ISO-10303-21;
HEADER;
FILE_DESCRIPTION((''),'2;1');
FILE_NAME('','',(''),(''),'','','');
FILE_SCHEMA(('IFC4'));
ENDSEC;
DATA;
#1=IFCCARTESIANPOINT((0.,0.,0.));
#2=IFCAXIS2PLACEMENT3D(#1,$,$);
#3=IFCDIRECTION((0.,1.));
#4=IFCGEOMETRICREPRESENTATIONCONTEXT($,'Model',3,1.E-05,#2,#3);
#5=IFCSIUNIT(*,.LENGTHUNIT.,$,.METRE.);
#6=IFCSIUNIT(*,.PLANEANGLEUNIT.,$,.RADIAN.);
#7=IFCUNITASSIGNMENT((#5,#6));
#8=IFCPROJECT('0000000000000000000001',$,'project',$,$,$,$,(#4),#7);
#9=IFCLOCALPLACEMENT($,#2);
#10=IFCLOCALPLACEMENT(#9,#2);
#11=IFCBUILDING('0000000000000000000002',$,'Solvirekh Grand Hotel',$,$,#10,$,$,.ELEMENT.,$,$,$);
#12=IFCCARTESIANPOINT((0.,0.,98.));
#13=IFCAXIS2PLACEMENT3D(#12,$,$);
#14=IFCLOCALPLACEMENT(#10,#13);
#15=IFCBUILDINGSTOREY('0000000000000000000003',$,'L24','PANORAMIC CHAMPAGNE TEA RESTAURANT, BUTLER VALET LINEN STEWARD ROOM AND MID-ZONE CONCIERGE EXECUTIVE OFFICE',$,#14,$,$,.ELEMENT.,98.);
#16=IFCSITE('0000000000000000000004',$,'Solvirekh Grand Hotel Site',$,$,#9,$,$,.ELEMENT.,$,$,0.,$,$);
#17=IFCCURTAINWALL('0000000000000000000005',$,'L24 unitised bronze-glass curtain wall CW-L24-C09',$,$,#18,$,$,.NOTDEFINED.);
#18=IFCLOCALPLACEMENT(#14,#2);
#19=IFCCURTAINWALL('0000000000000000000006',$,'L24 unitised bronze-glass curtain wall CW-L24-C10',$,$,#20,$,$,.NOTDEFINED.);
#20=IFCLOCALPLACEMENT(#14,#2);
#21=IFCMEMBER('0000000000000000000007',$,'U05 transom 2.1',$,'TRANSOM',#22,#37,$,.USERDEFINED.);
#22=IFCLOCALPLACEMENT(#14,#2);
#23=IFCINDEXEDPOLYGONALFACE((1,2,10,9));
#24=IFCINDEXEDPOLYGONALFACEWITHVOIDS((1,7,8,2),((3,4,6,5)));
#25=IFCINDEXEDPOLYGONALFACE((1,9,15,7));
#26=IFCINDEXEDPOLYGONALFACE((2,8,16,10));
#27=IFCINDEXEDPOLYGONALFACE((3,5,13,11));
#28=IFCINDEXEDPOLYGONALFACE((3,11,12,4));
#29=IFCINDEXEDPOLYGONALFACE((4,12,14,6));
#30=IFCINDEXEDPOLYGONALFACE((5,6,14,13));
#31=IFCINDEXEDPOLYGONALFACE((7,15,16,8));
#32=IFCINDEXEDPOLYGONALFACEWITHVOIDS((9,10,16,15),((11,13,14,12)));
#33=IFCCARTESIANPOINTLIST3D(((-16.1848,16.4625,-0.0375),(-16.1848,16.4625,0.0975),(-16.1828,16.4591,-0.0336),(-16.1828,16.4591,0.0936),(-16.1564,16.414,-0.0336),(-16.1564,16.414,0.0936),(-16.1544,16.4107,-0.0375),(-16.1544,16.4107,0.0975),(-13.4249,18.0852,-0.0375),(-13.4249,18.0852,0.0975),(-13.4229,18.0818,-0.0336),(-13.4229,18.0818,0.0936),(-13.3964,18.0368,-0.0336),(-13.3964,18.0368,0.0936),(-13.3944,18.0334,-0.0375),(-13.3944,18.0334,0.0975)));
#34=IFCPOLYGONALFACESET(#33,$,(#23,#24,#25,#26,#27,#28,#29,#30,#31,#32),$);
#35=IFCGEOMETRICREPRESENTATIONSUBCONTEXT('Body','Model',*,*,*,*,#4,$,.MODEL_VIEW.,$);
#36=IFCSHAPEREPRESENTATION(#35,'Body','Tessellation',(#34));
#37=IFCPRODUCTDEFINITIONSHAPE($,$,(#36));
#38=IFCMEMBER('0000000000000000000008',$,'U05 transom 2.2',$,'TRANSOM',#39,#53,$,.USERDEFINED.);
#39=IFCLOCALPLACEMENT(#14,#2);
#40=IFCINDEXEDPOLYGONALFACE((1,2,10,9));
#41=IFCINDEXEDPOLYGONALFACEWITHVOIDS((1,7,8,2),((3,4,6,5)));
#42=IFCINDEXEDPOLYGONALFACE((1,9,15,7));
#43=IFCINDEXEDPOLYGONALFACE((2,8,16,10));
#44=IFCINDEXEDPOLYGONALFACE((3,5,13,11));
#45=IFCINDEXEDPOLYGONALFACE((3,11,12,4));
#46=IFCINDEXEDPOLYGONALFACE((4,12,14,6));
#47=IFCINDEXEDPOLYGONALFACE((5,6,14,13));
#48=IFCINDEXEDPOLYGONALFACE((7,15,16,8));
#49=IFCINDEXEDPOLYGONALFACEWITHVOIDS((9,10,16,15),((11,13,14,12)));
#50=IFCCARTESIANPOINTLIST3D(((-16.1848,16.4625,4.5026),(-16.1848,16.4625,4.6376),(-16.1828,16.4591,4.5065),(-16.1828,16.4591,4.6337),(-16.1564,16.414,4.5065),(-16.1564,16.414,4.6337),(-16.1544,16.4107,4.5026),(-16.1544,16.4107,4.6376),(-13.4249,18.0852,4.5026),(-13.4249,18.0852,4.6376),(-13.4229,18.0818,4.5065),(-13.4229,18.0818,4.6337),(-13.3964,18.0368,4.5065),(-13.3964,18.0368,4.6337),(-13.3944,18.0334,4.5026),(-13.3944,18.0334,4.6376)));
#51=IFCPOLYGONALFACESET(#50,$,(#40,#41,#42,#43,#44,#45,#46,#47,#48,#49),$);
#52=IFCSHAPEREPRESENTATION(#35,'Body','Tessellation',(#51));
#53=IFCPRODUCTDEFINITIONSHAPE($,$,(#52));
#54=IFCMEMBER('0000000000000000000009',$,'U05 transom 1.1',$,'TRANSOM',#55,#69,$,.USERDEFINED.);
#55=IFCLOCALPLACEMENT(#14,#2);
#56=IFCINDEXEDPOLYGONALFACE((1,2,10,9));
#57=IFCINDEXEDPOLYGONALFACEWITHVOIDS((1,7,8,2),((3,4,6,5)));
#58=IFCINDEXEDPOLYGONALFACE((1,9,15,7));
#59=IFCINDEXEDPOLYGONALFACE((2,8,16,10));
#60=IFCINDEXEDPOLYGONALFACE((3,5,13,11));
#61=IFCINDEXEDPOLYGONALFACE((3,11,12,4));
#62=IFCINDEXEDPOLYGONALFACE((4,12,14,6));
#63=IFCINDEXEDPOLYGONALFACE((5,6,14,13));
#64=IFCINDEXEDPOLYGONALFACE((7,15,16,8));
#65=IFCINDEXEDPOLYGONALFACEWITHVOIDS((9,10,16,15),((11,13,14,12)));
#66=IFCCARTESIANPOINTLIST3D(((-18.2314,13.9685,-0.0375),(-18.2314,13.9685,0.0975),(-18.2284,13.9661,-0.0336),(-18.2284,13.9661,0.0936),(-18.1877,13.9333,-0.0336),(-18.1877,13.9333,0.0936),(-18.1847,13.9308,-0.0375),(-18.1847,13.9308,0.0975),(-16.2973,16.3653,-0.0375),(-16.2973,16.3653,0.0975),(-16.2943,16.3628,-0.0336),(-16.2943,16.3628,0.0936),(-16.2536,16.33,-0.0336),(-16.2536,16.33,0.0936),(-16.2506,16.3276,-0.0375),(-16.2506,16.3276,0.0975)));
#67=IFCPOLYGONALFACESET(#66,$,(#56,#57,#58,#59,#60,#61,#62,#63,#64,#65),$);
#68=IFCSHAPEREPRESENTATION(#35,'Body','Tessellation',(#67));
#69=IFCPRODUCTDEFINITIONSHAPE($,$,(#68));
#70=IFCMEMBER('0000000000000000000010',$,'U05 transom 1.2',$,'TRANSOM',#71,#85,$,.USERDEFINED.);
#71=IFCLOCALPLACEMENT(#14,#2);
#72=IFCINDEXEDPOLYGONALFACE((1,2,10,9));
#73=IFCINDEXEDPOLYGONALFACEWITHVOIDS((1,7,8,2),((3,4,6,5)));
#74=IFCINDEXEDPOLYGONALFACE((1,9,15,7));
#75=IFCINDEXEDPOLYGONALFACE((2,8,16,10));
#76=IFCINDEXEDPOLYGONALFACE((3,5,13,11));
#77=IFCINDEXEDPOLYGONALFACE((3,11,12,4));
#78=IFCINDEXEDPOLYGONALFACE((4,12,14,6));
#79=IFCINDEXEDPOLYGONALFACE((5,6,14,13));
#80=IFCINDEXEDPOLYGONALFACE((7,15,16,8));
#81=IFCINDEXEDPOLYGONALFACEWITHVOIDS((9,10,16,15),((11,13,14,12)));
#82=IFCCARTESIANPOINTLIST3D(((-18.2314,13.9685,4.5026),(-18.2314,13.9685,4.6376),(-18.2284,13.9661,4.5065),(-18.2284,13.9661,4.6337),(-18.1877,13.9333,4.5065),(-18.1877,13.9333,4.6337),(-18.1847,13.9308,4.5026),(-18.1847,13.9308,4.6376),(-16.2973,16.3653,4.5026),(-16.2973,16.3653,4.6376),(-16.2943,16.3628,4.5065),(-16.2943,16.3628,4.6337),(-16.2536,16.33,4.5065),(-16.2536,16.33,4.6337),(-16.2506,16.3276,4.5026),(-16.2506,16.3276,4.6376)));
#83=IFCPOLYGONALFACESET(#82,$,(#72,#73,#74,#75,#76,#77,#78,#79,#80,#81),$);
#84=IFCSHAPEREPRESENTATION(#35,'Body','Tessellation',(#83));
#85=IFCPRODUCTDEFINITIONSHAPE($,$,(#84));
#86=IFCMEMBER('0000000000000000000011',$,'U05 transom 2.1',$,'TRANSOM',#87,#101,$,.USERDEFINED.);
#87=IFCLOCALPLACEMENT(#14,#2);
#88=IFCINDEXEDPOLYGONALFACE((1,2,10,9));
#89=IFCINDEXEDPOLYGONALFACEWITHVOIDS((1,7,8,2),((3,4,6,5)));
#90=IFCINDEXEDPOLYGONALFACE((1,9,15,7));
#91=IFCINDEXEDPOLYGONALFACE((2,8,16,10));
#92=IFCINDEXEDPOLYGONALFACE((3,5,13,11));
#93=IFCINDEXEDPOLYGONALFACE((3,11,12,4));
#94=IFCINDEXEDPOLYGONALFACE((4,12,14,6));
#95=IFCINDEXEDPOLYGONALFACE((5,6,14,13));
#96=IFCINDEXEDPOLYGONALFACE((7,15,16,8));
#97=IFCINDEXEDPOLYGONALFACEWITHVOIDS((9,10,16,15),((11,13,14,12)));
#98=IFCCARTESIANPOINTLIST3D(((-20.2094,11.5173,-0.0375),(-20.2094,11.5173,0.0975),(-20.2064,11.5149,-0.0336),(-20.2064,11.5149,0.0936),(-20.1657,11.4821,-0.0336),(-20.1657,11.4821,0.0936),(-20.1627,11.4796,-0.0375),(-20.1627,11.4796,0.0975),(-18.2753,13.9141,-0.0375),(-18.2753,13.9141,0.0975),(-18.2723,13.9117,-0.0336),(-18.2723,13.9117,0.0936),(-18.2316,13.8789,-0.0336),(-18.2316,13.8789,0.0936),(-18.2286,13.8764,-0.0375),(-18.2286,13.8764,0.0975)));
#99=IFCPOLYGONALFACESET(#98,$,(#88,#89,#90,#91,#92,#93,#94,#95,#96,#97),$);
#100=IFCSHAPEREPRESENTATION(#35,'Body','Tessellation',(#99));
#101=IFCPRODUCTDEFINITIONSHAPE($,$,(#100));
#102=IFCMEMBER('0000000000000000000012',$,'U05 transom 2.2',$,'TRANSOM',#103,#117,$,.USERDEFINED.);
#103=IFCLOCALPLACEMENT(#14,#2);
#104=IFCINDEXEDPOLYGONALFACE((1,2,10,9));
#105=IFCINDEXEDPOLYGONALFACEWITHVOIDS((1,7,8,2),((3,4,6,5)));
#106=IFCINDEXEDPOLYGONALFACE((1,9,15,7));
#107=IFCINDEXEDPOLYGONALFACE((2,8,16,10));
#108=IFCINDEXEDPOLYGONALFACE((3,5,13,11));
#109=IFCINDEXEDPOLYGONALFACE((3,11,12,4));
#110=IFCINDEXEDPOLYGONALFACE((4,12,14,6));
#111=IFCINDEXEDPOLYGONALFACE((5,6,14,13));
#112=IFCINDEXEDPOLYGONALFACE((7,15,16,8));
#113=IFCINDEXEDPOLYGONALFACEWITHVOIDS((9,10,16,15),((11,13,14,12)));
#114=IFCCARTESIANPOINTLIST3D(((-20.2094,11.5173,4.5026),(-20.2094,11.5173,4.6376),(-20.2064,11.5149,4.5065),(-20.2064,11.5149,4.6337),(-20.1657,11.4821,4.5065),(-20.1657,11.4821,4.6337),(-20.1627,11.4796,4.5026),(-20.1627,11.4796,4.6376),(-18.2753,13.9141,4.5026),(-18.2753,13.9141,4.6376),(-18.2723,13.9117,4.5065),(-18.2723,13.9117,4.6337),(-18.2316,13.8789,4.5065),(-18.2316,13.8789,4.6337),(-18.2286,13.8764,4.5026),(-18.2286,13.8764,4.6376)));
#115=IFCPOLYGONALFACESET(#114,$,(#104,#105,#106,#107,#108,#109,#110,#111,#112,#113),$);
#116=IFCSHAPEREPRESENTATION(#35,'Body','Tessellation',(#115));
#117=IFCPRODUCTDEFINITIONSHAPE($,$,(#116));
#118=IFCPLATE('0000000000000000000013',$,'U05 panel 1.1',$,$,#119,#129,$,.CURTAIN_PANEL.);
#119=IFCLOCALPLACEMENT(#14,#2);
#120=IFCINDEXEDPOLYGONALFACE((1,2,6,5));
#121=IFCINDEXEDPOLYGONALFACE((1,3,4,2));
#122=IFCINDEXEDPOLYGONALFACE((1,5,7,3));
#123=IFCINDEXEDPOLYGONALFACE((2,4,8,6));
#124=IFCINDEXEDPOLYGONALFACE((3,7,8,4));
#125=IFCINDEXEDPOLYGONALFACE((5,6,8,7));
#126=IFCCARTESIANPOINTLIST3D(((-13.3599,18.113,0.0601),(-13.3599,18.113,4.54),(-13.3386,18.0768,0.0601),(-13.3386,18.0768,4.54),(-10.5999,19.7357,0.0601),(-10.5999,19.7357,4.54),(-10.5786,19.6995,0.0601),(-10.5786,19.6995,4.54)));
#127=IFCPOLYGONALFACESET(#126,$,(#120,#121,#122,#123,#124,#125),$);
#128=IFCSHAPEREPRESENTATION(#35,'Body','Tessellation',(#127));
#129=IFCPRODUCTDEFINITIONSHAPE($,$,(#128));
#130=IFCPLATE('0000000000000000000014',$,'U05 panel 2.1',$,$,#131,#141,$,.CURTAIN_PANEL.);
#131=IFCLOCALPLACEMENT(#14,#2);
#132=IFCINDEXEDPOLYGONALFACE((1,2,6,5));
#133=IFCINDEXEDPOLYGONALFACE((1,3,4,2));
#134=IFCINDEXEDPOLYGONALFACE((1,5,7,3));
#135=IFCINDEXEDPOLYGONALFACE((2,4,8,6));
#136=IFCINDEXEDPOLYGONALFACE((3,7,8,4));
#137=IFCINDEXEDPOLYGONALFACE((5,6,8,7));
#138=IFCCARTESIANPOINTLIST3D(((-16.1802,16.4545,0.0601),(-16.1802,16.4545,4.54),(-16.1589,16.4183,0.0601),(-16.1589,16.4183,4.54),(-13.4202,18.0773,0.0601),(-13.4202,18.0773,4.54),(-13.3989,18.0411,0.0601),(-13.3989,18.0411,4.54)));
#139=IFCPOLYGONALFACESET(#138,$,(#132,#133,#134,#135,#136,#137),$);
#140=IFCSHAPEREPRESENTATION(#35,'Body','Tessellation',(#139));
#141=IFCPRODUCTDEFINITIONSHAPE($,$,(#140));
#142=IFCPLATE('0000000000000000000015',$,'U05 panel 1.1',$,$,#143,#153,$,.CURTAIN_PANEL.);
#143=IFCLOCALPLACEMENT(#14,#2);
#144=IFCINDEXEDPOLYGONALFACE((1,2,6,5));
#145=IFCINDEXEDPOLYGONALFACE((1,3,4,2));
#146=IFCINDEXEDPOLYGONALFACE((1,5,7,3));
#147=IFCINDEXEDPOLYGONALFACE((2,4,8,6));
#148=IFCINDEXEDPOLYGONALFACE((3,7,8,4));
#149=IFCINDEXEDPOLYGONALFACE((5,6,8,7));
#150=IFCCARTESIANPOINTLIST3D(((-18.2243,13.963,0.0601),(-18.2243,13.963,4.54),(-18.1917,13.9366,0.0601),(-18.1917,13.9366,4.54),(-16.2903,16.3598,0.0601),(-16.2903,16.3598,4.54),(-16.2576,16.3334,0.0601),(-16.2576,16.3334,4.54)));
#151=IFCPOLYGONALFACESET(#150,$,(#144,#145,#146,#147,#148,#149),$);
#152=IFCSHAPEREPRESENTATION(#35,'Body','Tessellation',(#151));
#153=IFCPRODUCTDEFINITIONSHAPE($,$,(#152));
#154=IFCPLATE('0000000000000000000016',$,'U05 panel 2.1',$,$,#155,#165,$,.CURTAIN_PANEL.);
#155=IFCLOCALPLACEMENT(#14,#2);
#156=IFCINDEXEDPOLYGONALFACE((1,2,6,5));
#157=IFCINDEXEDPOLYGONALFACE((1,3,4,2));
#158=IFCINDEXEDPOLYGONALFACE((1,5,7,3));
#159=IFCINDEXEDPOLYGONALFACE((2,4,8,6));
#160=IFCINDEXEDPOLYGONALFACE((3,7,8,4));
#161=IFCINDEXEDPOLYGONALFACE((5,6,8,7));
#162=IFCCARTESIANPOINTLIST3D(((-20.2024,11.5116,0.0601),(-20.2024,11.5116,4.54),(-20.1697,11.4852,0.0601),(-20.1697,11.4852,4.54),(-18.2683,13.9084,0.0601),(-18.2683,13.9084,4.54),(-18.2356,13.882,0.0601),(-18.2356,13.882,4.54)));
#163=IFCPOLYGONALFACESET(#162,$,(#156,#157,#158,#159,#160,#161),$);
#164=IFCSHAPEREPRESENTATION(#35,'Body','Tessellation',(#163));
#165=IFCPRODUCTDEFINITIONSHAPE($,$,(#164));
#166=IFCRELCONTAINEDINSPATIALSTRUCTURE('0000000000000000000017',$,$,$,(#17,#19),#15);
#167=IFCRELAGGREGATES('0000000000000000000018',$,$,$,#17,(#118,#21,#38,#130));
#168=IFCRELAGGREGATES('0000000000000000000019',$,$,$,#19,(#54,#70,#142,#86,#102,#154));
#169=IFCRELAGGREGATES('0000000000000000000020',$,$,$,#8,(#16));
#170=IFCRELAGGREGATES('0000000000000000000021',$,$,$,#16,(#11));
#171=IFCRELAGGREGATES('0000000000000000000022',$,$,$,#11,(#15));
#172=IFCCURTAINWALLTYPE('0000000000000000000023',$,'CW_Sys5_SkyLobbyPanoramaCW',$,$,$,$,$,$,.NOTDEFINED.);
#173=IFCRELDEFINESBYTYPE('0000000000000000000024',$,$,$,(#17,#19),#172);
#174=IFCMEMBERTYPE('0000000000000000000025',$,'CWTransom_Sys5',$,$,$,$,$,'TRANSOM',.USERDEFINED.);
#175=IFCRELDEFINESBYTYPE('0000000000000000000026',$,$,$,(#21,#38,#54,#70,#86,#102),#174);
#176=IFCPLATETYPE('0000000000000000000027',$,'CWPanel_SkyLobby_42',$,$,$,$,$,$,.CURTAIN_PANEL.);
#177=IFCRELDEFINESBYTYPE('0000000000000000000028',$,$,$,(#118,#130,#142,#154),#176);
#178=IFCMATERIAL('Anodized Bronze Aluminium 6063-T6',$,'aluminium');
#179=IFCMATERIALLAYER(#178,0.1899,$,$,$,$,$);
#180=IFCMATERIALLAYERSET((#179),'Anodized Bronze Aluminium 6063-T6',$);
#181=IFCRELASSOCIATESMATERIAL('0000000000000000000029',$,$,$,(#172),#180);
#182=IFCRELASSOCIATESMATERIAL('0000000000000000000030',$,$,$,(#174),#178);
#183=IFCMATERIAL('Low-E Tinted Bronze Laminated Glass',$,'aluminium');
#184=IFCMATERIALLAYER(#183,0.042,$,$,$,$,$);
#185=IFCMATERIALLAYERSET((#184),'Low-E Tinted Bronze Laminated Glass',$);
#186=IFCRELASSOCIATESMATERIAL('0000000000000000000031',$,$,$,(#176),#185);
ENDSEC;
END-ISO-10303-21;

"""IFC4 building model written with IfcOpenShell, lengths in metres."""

from ifc_helpers import new_model, si_unit, direction, frame, origin, origin_2d, place, context, subcontext, project, spatial, rectangle, hollow_rectangle, extrude, source, transform, mapped, material, layer, layer_set, material_profile, profile_set, type_object, element, aggregate, save


model = new_model("IFC4")

# Units and contexts
model_context = context("Model", 3, precision=1e-05, world=origin(), true_north=direction((0.0, 1.0)))
body_context = subcontext(model_context, "Body", "Model", "MODEL_VIEW")
ifc_project = project(units=[si_unit("LENGTHUNIT", "METRE"), si_unit("PLANEANGLEUNIT", "RADIAN")], contexts=[model_context])

# Site, building, storey
site_placement = place(None, origin())
site = spatial("IfcSite", under=ifc_project, at=site_placement, Name="Solvirekh Grand Hotel Site", CompositionType="ELEMENT", RefElevation=0.0)
building_placement = place(site_placement, origin())
building = spatial("IfcBuilding", under=site, at=building_placement, Name="Solvirekh Grand Hotel", CompositionType="ELEMENT")
storey_placement = place(building_placement, frame((0.0, 0.0, 98.0)))
storey = spatial("IfcBuildingStorey", under=building, at=storey_placement, Name="L24", Description="PANORAMIC CHAMPAGNE TEA RESTAURANT, BUTLER VALET LINEN STEWARD ROOM AND MID-ZONE CONCIERGE EXECUTIVE OFFICE", CompositionType="ELEMENT", Elevation=98.0)

# Shared definitions
ifc_material_1 = material(Name="Anodized Bronze Aluminium 6063-T6", Category="aluminium")
ifc_layer_1 = layer(ifc_material_1, 0.1899)
ifc_layer_set_1 = layer_set([ifc_layer_1], Name="Anodized Bronze Aluminium 6063-T6")
curtain_wall_type = type_object("IfcCurtainWallType", Name="CW_Sys5_SkyLobbyPanoramaCW", PredefinedType="NOTDEFINED", material=ifc_layer_set_1)

# Curtain walls
curtain_wall_1_placement = place(storey_placement, origin())
curtain_wall_1 = element("IfcCurtainWall", 1, at=curtain_wall_1_placement, inside=storey, type_object=curtain_wall_type, Name="L24 unitised bronze-glass curtain wall CW-L24-C09", PredefinedType="NOTDEFINED")
curtain_wall_2_placement = place(storey_placement, origin())
curtain_wall_2 = element("IfcCurtainWall", 2, at=curtain_wall_2_placement, inside=storey, type_object=curtain_wall_type, Name="L24 unitised bronze-glass curtain wall CW-L24-C10", PredefinedType="NOTDEFINED")

# Members
ifc_material_profile_1 = material_profile(ifc_material_1, hollow_rectangle(XDim=0.0601, YDim=0.135, WallThickness=0.0039, at=origin_2d()), Name="ALU RHS 135X60X4")
ifc_profile_set_1 = profile_set([ifc_material_profile_1], Name="Anodized Bronze Aluminium 6063-T6")
member_type_1 = type_object("IfcMemberType", Name="CWTransom_Sys5", ElementType="TRANSOM", PredefinedType="USERDEFINED", material=ifc_profile_set_1)
shared_shape_1 = source(origin(), body_context, "Body", "SweptSolid", [
    extrude(hollow_rectangle(XDim=0.0601, YDim=0.135, WallThickness=0.0039, at=origin_2d()), origin(), (0.0, 0.0, 1.0), 3.2017),
])
member_1_placement = place(storey_placement, frame((-13.4097, 18.0593, 0.03), z_axis=(-0.862034, -0.50685, 0.0), x_axis=(0.50685, -0.862034, 0.0)))
member_1 = element("IfcMember", 3, at=member_1_placement, type_object=member_type_1, Name="U05 transom 2.1", ObjectType="TRANSOM", PredefinedType="USERDEFINED", context=body_context, shape_type="MappedRepresentation", body=[
    mapped(shared_shape_1, transform((0.0, 0.0, 0.0), x_axis=(1.0, 0.0, 0.0), y_axis=(0.0, 1.0, 0.0), z_axis=(0.0, 0.0, 1.0), scale=1.0)),
])
member_2_placement = place(storey_placement, frame((-13.4097, 18.0593, 4.5701), z_axis=(-0.862034, -0.50685, 0.0), x_axis=(0.50685, -0.862034, 0.0)))
member_2 = element("IfcMember", 4, at=member_2_placement, type_object=member_type_1, Name="U05 transom 2.2", ObjectType="TRANSOM", PredefinedType="USERDEFINED", context=body_context, shape_type="MappedRepresentation", body=[
    mapped(shared_shape_1, transform((0.0, 0.0, 0.0), x_axis=(1.0, 0.0, 0.0), y_axis=(0.0, 1.0, 0.0), z_axis=(0.0, 0.0, 1.0), scale=1.0)),
])
shared_shape_2 = source(origin(), body_context, "Body", "SweptSolid", [
    extrude(hollow_rectangle(XDim=0.0601, YDim=0.135, WallThickness=0.0039, at=origin_2d()), origin(), (0.0, 0.0, 1.0), 3.0798),
])
member_3_placement = place(storey_placement, frame((-16.2739, 16.3464, 0.03), z_axis=(-0.627996, -0.778217, 0.0), x_axis=(0.778217, -0.627996, 0.0)))
member_3 = element("IfcMember", 5, at=member_3_placement, type_object=member_type_1, Name="U05 transom 1.1", ObjectType="TRANSOM", PredefinedType="USERDEFINED", context=body_context, shape_type="MappedRepresentation", body=[
    mapped(shared_shape_2, transform((0.0, 0.0, 0.0), x_axis=(1.0, 0.0, 0.0), y_axis=(0.0, 1.0, 0.0), z_axis=(0.0, 0.0, 1.0), scale=1.0)),
])
member_4_placement = place(storey_placement, frame((-16.2739, 16.3464, 4.5701), z_axis=(-0.627996, -0.778217, 0.0), x_axis=(0.778217, -0.627996, 0.0)))
member_4 = element("IfcMember", 6, at=member_4_placement, type_object=member_type_1, Name="U05 transom 1.2", ObjectType="TRANSOM", PredefinedType="USERDEFINED", context=body_context, shape_type="MappedRepresentation", body=[
    mapped(shared_shape_2, transform((0.0, 0.0, 0.0), x_axis=(1.0, 0.0, 0.0), y_axis=(0.0, 1.0, 0.0), z_axis=(0.0, 0.0, 1.0), scale=1.0)),
])
member_5_placement = place(storey_placement, frame((-18.252, 13.8953, 0.03), z_axis=(-0.627996, -0.778217, 0.0), x_axis=(0.778217, -0.627996, 0.0)))
member_5 = element("IfcMember", 7, at=member_5_placement, type_object=member_type_1, Name="U05 transom 2.1", ObjectType="TRANSOM", PredefinedType="USERDEFINED", context=body_context, shape_type="MappedRepresentation", body=[
    mapped(shared_shape_2, transform((0.0, 0.0, 0.0), x_axis=(1.0, 0.0, 0.0), y_axis=(0.0, 1.0, 0.0), z_axis=(0.0, 0.0, 1.0), scale=1.0)),
])
member_6_placement = place(storey_placement, frame((-18.252, 13.8953, 4.5701), z_axis=(-0.627996, -0.778217, 0.0), x_axis=(0.778217, -0.627996, 0.0)))
member_6 = element("IfcMember", 8, at=member_6_placement, type_object=member_type_1, Name="U05 transom 2.2", ObjectType="TRANSOM", PredefinedType="USERDEFINED", context=body_context, shape_type="MappedRepresentation", body=[
    mapped(shared_shape_2, transform((0.0, 0.0, 0.0), x_axis=(1.0, 0.0, 0.0), y_axis=(0.0, 1.0, 0.0), z_axis=(0.0, 0.0, 1.0), scale=1.0)),
])

# Plates
ifc_material_2 = material(Name="Low-E Tinted Bronze Laminated Glass", Category="aluminium")
ifc_layer_2 = layer(ifc_material_2, 0.042)
ifc_layer_set_2 = layer_set([ifc_layer_2], Name="Low-E Tinted Bronze Laminated Glass")
plate_type = type_object("IfcPlateType", Name="CWPanel_SkyLobby_42", PredefinedType="CURTAIN_PANEL", material=ifc_layer_set_2)
shared_shape_3 = source(origin(), body_context, "Body", "SweptSolid", [
    extrude(rectangle(XDim=3.2017, YDim=0.042, at=origin_2d()), origin(), (0.0, 0.0, 1.0), 4.48),
])
plate_1_placement = place(storey_placement, frame((-11.9692, 18.9062, 0.0601), z_axis=(0.0, 0.0, 1.0), x_axis=(-0.862035, -0.506848, 0.0)))
plate_1 = element("IfcPlate", 9, at=plate_1_placement, type_object=plate_type, Name="U05 panel 1.1", PredefinedType="CURTAIN_PANEL", context=body_context, shape_type="MappedRepresentation", body=[
    mapped(shared_shape_3, transform((0.0, 0.0, 0.0), x_axis=(1.0, 0.0, 0.0), y_axis=(0.0, 1.0, 0.0), z_axis=(0.0, 0.0, 1.0), scale=1.0)),
])
plate_2_placement = place(storey_placement, frame((-14.7896, 17.2478, 0.0601), z_axis=(0.0, 0.0, 1.0), x_axis=(-0.862035, -0.506848, 0.0)))
plate_2 = element("IfcPlate", 10, at=plate_2_placement, type_object=plate_type, Name="U05 panel 2.1", PredefinedType="CURTAIN_PANEL", context=body_context, shape_type="MappedRepresentation", body=[
    mapped(shared_shape_3, transform((0.0, 0.0, 0.0), x_axis=(1.0, 0.0, 0.0), y_axis=(0.0, 1.0, 0.0), z_axis=(0.0, 0.0, 1.0), scale=1.0)),
])
aggregate(curtain_wall_1, [plate_1, member_1, member_2, plate_2])
shared_shape_4 = source(origin(), body_context, "Body", "SweptSolid", [
    extrude(rectangle(XDim=3.0798, YDim=0.042, at=origin_2d()), origin(), (0.0, 0.0, 1.0), 4.48),
])
plate_3_placement = place(storey_placement, frame((-17.241, 15.1482, 0.0601), z_axis=(0.0, 0.0, 1.0), x_axis=(-0.627983, -0.778227, 0.0)))
plate_3 = element("IfcPlate", 11, at=plate_3_placement, type_object=plate_type, Name="U05 panel 1.1", PredefinedType="CURTAIN_PANEL", context=body_context, shape_type="MappedRepresentation", body=[
    mapped(shared_shape_4, transform((0.0, 0.0, 0.0), x_axis=(1.0, 0.0, 0.0), y_axis=(0.0, 1.0, 0.0), z_axis=(0.0, 0.0, 1.0), scale=1.0)),
])
plate_4_placement = place(storey_placement, frame((-19.219, 12.6968, 0.0601), z_axis=(0.0, 0.0, 1.0), x_axis=(-0.627983, -0.778227, 0.0)))
plate_4 = element("IfcPlate", 12, at=plate_4_placement, type_object=plate_type, Name="U05 panel 2.1", PredefinedType="CURTAIN_PANEL", context=body_context, shape_type="MappedRepresentation", body=[
    mapped(shared_shape_4, transform((0.0, 0.0, 0.0), x_axis=(1.0, 0.0, 0.0), y_axis=(0.0, 1.0, 0.0), z_axis=(0.0, 0.0, 1.0), scale=1.0)),
])
aggregate(curtain_wall_2, [member_3, member_4, plate_3, member_5, member_6, plate_4])

save(model, "model.ifc")
